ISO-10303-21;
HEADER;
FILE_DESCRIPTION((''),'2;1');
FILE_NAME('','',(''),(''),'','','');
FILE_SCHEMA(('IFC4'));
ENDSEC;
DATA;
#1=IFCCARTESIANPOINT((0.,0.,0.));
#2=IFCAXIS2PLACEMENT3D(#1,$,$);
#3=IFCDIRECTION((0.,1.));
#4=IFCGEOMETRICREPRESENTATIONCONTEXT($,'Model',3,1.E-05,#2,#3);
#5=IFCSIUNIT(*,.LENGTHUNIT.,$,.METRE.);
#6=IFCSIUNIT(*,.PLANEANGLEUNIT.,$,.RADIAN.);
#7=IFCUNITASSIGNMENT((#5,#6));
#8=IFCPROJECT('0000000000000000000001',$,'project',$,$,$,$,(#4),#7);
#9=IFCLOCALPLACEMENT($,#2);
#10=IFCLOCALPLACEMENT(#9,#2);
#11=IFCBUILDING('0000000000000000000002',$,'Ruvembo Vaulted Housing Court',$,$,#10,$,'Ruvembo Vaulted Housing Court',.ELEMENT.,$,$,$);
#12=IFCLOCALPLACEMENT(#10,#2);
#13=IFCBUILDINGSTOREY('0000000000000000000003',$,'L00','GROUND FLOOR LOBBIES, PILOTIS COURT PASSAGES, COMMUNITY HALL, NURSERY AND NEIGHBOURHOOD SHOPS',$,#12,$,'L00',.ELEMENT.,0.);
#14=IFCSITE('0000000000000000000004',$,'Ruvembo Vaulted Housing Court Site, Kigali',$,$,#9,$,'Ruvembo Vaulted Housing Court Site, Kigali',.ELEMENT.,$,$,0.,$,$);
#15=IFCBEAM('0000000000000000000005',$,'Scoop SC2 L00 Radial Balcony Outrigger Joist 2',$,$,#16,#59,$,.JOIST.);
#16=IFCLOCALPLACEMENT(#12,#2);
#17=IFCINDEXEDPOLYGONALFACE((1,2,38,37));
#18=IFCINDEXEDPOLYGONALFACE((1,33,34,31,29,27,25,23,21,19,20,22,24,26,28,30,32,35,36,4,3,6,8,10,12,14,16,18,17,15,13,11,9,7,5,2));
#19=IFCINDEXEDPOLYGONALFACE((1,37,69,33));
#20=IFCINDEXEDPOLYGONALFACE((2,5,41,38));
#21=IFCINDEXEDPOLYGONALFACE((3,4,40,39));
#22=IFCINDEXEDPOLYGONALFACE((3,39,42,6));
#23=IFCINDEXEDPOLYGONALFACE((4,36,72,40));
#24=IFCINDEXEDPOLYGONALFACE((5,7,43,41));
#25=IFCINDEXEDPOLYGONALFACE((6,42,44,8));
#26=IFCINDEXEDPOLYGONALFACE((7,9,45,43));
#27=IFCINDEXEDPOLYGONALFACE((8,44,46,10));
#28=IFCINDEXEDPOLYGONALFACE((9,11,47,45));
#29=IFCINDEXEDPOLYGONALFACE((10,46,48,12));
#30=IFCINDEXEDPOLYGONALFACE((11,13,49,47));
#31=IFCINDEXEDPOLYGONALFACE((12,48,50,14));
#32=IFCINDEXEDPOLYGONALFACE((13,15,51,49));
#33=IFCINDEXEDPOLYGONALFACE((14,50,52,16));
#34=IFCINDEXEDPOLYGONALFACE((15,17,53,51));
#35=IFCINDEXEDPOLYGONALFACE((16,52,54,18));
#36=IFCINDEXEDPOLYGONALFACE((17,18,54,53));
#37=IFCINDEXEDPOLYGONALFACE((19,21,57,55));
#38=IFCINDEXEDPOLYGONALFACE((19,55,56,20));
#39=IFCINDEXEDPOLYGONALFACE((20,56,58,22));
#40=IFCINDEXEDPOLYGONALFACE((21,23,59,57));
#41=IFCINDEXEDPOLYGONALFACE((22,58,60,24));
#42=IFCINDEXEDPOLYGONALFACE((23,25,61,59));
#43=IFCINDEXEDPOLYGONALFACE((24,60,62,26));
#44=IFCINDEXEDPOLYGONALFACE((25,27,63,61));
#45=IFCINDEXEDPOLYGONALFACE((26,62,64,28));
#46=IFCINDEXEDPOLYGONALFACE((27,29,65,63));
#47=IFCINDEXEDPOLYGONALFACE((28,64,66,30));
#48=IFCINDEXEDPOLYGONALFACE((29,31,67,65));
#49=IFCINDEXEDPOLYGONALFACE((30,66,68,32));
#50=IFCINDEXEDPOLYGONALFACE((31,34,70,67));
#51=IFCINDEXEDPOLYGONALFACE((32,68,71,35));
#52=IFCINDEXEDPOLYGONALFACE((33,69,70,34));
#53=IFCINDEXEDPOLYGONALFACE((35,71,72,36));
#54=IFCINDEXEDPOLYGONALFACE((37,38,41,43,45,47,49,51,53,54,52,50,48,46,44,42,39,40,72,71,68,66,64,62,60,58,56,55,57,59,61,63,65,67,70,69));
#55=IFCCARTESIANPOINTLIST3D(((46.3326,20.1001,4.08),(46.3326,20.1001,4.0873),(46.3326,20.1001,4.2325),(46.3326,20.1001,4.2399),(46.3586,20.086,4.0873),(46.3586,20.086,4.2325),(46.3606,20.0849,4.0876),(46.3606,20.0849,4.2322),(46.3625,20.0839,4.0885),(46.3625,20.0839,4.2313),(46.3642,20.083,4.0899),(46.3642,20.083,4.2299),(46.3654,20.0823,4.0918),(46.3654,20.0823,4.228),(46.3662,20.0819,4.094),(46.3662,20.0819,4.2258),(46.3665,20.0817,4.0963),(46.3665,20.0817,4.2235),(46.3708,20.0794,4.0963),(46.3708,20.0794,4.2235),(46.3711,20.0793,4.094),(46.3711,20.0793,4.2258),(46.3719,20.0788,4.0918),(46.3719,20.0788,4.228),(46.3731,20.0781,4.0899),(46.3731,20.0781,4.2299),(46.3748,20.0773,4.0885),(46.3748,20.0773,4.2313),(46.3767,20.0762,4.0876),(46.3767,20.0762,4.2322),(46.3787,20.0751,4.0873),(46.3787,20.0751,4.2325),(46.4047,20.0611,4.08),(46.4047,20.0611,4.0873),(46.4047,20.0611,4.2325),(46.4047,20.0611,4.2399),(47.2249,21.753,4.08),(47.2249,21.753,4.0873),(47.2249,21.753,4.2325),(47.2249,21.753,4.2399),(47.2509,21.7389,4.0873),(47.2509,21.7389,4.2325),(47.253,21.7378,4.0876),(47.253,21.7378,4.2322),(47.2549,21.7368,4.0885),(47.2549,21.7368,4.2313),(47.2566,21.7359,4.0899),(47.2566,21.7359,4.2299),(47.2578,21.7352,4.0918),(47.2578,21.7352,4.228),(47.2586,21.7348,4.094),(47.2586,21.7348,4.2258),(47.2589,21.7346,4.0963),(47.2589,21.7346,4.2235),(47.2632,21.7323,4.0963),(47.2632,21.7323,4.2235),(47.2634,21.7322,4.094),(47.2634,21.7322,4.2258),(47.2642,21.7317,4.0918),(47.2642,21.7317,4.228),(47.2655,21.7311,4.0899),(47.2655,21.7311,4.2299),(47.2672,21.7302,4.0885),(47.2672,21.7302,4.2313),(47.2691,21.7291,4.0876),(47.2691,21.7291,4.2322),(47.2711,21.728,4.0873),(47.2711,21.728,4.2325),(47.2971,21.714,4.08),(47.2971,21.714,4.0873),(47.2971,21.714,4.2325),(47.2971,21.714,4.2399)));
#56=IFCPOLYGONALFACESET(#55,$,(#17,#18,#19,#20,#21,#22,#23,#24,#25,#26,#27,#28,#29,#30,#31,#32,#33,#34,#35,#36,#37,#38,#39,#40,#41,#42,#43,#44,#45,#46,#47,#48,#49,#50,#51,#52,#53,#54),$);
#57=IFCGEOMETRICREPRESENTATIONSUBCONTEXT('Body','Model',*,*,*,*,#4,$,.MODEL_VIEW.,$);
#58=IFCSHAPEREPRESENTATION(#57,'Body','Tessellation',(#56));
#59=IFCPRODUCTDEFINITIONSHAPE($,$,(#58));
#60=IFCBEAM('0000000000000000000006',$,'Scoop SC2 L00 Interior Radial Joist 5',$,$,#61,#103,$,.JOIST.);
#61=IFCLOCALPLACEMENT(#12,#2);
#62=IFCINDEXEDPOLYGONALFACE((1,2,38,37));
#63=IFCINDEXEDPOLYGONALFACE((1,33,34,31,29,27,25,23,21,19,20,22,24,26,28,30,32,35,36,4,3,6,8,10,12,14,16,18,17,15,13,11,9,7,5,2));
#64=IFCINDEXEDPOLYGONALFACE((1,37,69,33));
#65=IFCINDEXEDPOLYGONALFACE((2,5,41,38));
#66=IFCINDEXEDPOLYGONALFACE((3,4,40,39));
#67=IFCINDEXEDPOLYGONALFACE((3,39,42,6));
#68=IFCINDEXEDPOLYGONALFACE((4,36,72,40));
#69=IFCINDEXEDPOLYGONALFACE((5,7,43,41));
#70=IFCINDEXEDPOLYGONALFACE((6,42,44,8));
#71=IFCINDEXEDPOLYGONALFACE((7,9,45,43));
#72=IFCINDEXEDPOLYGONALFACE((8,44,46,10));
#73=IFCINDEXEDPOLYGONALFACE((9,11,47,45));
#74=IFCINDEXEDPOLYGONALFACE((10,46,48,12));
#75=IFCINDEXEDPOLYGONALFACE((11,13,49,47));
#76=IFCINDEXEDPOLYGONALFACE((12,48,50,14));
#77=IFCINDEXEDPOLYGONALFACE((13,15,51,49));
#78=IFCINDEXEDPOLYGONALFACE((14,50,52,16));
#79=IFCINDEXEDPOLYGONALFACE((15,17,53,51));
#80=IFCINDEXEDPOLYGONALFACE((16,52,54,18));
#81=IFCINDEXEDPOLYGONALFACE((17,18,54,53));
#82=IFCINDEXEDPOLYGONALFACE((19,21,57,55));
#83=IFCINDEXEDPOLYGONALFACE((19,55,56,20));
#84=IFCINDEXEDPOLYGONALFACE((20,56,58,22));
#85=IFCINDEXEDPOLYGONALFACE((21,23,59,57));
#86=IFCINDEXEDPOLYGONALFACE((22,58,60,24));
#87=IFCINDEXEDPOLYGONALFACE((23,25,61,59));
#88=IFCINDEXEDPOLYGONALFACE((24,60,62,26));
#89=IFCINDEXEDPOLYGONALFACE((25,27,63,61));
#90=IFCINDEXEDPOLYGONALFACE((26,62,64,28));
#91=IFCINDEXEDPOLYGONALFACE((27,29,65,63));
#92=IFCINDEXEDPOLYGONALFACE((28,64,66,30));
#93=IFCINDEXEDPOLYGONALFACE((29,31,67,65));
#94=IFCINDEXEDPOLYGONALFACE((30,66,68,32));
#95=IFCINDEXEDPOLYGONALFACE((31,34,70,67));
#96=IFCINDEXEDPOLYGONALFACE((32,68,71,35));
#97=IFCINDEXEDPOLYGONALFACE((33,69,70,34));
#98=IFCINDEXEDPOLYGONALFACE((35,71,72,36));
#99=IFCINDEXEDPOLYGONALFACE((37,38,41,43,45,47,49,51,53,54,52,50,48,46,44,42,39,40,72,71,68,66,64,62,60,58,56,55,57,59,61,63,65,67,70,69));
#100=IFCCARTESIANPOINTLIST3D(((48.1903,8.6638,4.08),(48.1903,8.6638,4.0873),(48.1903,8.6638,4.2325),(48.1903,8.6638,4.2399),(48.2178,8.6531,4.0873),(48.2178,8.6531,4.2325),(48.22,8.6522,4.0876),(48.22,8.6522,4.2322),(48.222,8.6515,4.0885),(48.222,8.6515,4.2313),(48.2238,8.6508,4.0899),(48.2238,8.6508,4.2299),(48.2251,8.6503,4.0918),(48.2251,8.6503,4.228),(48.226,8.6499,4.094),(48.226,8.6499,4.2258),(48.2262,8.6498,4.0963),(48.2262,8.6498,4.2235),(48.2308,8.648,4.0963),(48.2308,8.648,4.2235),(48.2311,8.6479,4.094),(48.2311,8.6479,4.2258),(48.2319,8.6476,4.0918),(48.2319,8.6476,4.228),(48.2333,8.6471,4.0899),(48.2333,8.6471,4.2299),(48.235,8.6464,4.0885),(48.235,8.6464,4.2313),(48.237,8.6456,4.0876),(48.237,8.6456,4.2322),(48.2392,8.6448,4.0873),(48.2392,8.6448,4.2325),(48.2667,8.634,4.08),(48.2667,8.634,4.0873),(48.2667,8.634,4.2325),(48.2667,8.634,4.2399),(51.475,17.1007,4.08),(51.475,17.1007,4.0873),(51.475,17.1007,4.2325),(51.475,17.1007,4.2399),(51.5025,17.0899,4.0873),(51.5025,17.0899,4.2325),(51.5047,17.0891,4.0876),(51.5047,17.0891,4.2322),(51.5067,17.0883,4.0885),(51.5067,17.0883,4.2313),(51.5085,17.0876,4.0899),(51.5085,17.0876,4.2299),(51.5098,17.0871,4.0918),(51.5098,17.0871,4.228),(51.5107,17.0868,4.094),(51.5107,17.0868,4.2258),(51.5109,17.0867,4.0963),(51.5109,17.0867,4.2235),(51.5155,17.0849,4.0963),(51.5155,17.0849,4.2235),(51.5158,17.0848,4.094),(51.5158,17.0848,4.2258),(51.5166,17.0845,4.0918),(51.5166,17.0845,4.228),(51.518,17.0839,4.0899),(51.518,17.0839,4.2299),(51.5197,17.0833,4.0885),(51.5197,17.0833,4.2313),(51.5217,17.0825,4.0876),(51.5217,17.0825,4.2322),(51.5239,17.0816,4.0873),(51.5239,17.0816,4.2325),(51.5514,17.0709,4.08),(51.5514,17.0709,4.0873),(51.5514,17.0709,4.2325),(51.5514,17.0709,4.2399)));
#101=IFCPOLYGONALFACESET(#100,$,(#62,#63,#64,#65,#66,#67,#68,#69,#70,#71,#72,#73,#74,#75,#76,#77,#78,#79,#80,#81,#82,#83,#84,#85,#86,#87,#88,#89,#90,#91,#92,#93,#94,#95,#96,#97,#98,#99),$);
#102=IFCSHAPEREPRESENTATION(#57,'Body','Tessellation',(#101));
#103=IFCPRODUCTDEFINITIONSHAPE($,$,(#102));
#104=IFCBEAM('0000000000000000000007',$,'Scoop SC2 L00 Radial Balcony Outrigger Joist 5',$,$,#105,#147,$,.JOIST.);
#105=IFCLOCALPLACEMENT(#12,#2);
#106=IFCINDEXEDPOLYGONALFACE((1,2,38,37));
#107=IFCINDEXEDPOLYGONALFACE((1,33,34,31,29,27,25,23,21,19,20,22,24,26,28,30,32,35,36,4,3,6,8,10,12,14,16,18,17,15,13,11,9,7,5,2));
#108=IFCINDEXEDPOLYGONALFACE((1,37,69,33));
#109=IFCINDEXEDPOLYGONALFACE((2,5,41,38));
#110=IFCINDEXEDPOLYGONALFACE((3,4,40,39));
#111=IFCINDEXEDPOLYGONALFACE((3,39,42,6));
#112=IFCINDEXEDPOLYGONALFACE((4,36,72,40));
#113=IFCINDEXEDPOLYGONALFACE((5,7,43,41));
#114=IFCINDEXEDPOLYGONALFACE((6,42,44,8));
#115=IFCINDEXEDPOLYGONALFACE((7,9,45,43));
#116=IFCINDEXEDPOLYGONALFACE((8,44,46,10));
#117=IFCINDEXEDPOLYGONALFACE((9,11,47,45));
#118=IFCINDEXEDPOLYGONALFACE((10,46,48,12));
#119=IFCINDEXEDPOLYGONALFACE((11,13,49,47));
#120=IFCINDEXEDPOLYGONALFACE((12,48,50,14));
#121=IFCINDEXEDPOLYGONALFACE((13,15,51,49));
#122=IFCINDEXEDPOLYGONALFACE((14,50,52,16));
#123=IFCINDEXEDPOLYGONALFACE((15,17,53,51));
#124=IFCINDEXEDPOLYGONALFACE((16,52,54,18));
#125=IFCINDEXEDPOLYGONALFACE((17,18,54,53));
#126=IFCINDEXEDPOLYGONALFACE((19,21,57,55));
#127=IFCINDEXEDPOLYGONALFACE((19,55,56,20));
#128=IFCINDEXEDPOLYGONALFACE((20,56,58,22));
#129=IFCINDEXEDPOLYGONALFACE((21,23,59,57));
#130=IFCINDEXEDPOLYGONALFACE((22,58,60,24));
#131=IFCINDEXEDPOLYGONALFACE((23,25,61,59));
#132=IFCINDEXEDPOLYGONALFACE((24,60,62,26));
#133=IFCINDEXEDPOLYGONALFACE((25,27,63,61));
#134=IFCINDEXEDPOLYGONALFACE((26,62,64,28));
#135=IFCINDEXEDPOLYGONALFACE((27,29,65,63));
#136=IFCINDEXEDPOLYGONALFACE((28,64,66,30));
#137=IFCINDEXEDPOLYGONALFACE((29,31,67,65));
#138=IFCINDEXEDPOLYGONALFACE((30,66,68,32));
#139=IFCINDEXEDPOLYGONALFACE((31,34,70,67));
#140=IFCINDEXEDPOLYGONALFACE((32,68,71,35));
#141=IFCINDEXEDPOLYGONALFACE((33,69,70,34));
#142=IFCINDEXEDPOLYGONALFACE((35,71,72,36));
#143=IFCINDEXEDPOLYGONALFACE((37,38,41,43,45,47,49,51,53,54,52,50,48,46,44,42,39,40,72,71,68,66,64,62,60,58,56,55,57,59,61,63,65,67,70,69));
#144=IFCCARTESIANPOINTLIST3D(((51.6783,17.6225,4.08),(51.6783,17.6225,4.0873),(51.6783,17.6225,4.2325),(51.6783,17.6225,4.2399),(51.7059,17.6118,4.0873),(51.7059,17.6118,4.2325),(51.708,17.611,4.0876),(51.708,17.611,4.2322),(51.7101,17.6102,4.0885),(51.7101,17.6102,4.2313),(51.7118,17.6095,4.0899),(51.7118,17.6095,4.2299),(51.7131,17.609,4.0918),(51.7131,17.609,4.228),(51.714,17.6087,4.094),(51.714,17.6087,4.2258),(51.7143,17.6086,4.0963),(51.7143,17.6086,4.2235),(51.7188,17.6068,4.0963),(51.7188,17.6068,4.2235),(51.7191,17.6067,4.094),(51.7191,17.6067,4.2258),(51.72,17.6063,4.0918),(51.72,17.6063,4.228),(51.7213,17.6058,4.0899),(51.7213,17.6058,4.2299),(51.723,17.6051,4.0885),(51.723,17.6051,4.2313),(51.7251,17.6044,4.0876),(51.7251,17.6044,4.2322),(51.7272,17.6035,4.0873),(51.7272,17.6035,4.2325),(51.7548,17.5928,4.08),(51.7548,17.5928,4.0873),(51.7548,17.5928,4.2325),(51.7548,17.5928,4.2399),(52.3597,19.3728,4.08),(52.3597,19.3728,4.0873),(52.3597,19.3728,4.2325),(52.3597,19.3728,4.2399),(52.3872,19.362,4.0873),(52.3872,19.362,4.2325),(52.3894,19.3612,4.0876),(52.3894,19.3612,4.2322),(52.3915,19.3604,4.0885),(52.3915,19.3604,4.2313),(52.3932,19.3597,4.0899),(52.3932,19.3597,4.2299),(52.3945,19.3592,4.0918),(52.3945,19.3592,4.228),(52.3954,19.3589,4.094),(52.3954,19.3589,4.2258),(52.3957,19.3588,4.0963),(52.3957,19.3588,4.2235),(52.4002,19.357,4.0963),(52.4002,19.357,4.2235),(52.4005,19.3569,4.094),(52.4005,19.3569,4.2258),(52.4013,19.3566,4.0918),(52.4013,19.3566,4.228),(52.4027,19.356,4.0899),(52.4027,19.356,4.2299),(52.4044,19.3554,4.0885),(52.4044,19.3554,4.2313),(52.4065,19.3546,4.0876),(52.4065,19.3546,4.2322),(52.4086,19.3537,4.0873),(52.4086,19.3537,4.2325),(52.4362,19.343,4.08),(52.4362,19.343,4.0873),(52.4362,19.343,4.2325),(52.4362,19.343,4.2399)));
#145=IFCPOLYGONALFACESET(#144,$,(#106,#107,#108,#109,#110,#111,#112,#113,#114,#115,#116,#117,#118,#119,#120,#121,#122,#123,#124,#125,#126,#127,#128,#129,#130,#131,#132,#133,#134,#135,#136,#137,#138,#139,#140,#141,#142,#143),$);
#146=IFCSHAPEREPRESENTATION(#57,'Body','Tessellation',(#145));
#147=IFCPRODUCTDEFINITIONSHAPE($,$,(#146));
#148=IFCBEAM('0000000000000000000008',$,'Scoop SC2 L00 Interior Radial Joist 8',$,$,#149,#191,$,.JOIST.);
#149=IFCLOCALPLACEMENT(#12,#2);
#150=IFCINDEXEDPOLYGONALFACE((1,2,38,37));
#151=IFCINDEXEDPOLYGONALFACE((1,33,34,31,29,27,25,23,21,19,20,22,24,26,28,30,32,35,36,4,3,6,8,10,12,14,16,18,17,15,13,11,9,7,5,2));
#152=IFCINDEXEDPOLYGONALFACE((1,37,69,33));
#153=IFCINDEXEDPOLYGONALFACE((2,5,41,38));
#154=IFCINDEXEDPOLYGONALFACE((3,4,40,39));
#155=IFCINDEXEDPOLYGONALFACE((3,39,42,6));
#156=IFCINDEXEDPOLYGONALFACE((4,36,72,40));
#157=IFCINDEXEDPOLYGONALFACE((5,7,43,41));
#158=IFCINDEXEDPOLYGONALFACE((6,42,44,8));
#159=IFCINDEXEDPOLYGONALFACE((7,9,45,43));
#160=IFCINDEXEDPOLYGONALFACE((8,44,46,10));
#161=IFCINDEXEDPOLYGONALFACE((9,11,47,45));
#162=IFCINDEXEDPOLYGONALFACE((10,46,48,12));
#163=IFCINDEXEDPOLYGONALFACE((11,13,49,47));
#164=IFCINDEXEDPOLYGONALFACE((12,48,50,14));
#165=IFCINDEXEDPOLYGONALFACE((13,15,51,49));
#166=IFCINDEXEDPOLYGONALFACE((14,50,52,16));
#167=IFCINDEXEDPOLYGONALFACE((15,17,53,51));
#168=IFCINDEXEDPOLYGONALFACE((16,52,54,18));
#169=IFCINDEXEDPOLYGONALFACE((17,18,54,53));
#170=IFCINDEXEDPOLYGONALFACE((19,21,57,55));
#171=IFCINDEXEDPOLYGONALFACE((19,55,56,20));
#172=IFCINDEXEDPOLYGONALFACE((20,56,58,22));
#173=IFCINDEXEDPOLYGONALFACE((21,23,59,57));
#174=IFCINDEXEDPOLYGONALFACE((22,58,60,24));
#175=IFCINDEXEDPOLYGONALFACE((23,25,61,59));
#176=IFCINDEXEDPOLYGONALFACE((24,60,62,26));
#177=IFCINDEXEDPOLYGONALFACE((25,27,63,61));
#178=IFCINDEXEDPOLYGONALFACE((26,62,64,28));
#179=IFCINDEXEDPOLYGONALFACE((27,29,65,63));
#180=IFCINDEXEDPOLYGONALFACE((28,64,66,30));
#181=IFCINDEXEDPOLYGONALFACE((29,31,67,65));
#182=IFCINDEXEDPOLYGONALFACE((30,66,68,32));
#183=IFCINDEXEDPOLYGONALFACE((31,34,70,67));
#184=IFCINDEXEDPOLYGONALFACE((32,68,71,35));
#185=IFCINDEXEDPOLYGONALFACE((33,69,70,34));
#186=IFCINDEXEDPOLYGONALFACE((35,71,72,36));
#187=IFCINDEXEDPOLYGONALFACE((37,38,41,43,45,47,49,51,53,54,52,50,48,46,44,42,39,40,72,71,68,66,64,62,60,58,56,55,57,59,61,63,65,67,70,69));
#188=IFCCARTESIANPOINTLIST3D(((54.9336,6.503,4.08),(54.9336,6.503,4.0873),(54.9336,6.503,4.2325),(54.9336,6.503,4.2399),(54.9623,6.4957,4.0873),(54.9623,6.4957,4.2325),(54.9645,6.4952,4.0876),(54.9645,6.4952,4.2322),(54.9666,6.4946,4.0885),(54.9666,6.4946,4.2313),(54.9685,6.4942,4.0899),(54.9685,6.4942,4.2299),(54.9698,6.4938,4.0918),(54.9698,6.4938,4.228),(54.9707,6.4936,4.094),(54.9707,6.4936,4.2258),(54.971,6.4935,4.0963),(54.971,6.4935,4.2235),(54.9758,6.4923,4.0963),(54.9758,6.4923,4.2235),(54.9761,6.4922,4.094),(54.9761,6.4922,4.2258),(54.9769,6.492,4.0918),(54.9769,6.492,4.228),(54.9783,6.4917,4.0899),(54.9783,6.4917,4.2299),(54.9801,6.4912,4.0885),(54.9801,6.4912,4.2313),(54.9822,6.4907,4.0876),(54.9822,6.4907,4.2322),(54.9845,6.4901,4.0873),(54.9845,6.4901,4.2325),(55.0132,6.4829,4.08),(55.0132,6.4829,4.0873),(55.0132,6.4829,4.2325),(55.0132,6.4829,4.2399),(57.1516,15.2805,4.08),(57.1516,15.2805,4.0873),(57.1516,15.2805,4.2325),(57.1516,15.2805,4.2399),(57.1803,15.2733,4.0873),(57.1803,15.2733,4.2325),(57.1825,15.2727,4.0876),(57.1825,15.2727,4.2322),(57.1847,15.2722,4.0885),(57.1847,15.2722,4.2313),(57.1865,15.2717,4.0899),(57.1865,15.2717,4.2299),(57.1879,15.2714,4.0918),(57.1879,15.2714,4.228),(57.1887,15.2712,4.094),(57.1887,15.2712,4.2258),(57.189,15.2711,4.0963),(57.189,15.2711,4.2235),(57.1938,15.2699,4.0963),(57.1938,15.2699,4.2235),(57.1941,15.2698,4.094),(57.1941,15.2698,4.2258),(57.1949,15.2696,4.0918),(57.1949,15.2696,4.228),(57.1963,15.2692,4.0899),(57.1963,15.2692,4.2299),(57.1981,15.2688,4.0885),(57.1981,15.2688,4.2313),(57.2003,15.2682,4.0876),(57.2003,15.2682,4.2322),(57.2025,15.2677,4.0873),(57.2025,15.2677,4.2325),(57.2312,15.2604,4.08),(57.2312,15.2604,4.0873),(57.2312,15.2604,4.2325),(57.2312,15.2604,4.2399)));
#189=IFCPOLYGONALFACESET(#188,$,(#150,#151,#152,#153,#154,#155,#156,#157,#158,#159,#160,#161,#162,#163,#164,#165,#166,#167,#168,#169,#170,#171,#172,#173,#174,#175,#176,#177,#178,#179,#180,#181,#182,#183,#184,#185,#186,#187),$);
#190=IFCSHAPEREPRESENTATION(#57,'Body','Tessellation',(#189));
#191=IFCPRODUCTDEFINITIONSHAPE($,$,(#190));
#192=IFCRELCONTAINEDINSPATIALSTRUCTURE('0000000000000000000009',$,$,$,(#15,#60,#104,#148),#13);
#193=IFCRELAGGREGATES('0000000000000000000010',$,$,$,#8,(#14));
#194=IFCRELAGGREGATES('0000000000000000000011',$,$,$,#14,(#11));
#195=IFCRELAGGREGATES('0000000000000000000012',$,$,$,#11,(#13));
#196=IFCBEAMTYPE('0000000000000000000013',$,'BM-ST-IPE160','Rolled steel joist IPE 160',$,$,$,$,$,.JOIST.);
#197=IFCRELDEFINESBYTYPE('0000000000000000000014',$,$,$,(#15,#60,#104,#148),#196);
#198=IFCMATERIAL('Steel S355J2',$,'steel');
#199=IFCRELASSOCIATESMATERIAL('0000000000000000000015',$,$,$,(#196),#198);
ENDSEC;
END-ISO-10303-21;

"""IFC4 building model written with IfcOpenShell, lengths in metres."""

from ifc_helpers import new_model, si_unit, direction, frame, origin, origin_2d, place, context, subcontext, project, spatial, i_section, extrude, material, material_profile, profile_set, type_object, element, save


model = new_model("IFC4")

# Units and contexts
model_context = context("Model", 3, precision=1e-05, world=origin(), true_north=direction((0.0, 1.0)))
body_context = subcontext(model_context, "Body", "Model", "MODEL_VIEW")
ifc_project = project(units=[si_unit("LENGTHUNIT", "METRE"), si_unit("PLANEANGLEUNIT", "RADIAN")], contexts=[model_context])

# Site, building, storey
site_placement = place(None, origin())
site = spatial("IfcSite", under=ifc_project, at=site_placement, Name="Ruvembo Vaulted Housing Court Site, Kigali", LongName="Ruvembo Vaulted Housing Court Site, Kigali", CompositionType="ELEMENT", RefElevation=0.0)
building_placement = place(site_placement, origin())
building = spatial("IfcBuilding", under=site, at=building_placement, Name="Ruvembo Vaulted Housing Court", LongName="Ruvembo Vaulted Housing Court", CompositionType="ELEMENT")
storey_placement = place(building_placement, origin())
storey = spatial("IfcBuildingStorey", under=building, at=storey_placement, Name="L00", Description="GROUND FLOOR LOBBIES, PILOTIS COURT PASSAGES, COMMUNITY HALL, NURSERY AND NEIGHBOURHOOD SHOPS", LongName="L00", CompositionType="ELEMENT", Elevation=0.0)

# Beams
ifc_material_1 = material(Name="Steel S355J2", Category="steel")
ifc_material_profile_1 = material_profile(ifc_material_1, i_section(OverallWidth=0.082, OverallDepth=0.1599, WebThickness=0.0049, FlangeThickness=0.0073, FilletRadius=0.009, at=origin_2d()), Name="IPE 160")
ifc_profile_set_1 = profile_set([ifc_material_profile_1], Name="Steel S355J2")
beam_type_1 = type_object("IfcBeamType", Name="BM-ST-IPE160", Description="Rolled steel joist IPE 160", PredefinedType="JOIST", material=ifc_profile_set_1)
beam_1_placement = place(storey_placement, frame((46.3687, 20.0806, 4.1599), z_axis=(0.475068, 0.879949, 0.0), x_axis=(-0.879949, 0.475068, 0.0)))
element("IfcBeam", 1, at=beam_1_placement, inside=storey, type_object=beam_type_1, Name="Scoop SC2 L00 Radial Balcony Outrigger Joist 2", PredefinedType="JOIST", context=body_context, shape_type="SweptSolid", body=[
    extrude(i_section(OverallWidth=0.082, OverallDepth=0.1599, WebThickness=0.0049, FlangeThickness=0.0073, FilletRadius=0.009, at=origin_2d()), origin(), (0.0, 0.0, 1.0), 1.8784),
])
beam_2_placement = place(storey_placement, frame((48.2285, 8.6489, 4.1599), z_axis=(0.362801, 0.931866, 0.0), x_axis=(-0.931866, 0.362801, 0.0)))
element("IfcBeam", 2, at=beam_2_placement, inside=storey, type_object=beam_type_1, Name="Scoop SC2 L00 Interior Radial Joist 5", PredefinedType="JOIST", context=body_context, shape_type="SweptSolid", body=[
    extrude(i_section(OverallWidth=0.082, OverallDepth=0.1599, WebThickness=0.0049, FlangeThickness=0.0073, FilletRadius=0.009, at=origin_2d()), origin(), (0.0, 0.0, 1.0), 9.0537),
])
beam_3_placement = place(storey_placement, frame((51.7166, 17.6077, 4.1599), z_axis=(0.362791, 0.93187, 0.0), x_axis=(-0.93187, 0.362791, 0.0)))
element("IfcBeam", 3, at=beam_3_placement, inside=storey, type_object=beam_type_1, Name="Scoop SC2 L00 Radial Balcony Outrigger Joist 5", PredefinedType="JOIST", context=body_context, shape_type="SweptSolid", body=[
    extrude(i_section(OverallWidth=0.082, OverallDepth=0.1599, WebThickness=0.0049, FlangeThickness=0.0073, FilletRadius=0.009, at=origin_2d()), origin(), (0.0, 0.0, 1.0), 1.8782),
])
beam_4_placement = place(storey_placement, frame((54.9734, 6.4929, 4.1599), z_axis=(0.24499, 0.969526, 0.0), x_axis=(-0.969526, 0.24499, 0.0)))
element("IfcBeam", 4, at=beam_4_placement, inside=storey, type_object=beam_type_1, Name="Scoop SC2 L00 Interior Radial Joist 8", PredefinedType="JOIST", context=body_context, shape_type="SweptSolid", body=[
    extrude(i_section(OverallWidth=0.082, OverallDepth=0.1599, WebThickness=0.0049, FlangeThickness=0.0073, FilletRadius=0.009, at=origin_2d()), origin(), (0.0, 0.0, 1.0), 9.0535),
])

save(model, "model.ifc")
